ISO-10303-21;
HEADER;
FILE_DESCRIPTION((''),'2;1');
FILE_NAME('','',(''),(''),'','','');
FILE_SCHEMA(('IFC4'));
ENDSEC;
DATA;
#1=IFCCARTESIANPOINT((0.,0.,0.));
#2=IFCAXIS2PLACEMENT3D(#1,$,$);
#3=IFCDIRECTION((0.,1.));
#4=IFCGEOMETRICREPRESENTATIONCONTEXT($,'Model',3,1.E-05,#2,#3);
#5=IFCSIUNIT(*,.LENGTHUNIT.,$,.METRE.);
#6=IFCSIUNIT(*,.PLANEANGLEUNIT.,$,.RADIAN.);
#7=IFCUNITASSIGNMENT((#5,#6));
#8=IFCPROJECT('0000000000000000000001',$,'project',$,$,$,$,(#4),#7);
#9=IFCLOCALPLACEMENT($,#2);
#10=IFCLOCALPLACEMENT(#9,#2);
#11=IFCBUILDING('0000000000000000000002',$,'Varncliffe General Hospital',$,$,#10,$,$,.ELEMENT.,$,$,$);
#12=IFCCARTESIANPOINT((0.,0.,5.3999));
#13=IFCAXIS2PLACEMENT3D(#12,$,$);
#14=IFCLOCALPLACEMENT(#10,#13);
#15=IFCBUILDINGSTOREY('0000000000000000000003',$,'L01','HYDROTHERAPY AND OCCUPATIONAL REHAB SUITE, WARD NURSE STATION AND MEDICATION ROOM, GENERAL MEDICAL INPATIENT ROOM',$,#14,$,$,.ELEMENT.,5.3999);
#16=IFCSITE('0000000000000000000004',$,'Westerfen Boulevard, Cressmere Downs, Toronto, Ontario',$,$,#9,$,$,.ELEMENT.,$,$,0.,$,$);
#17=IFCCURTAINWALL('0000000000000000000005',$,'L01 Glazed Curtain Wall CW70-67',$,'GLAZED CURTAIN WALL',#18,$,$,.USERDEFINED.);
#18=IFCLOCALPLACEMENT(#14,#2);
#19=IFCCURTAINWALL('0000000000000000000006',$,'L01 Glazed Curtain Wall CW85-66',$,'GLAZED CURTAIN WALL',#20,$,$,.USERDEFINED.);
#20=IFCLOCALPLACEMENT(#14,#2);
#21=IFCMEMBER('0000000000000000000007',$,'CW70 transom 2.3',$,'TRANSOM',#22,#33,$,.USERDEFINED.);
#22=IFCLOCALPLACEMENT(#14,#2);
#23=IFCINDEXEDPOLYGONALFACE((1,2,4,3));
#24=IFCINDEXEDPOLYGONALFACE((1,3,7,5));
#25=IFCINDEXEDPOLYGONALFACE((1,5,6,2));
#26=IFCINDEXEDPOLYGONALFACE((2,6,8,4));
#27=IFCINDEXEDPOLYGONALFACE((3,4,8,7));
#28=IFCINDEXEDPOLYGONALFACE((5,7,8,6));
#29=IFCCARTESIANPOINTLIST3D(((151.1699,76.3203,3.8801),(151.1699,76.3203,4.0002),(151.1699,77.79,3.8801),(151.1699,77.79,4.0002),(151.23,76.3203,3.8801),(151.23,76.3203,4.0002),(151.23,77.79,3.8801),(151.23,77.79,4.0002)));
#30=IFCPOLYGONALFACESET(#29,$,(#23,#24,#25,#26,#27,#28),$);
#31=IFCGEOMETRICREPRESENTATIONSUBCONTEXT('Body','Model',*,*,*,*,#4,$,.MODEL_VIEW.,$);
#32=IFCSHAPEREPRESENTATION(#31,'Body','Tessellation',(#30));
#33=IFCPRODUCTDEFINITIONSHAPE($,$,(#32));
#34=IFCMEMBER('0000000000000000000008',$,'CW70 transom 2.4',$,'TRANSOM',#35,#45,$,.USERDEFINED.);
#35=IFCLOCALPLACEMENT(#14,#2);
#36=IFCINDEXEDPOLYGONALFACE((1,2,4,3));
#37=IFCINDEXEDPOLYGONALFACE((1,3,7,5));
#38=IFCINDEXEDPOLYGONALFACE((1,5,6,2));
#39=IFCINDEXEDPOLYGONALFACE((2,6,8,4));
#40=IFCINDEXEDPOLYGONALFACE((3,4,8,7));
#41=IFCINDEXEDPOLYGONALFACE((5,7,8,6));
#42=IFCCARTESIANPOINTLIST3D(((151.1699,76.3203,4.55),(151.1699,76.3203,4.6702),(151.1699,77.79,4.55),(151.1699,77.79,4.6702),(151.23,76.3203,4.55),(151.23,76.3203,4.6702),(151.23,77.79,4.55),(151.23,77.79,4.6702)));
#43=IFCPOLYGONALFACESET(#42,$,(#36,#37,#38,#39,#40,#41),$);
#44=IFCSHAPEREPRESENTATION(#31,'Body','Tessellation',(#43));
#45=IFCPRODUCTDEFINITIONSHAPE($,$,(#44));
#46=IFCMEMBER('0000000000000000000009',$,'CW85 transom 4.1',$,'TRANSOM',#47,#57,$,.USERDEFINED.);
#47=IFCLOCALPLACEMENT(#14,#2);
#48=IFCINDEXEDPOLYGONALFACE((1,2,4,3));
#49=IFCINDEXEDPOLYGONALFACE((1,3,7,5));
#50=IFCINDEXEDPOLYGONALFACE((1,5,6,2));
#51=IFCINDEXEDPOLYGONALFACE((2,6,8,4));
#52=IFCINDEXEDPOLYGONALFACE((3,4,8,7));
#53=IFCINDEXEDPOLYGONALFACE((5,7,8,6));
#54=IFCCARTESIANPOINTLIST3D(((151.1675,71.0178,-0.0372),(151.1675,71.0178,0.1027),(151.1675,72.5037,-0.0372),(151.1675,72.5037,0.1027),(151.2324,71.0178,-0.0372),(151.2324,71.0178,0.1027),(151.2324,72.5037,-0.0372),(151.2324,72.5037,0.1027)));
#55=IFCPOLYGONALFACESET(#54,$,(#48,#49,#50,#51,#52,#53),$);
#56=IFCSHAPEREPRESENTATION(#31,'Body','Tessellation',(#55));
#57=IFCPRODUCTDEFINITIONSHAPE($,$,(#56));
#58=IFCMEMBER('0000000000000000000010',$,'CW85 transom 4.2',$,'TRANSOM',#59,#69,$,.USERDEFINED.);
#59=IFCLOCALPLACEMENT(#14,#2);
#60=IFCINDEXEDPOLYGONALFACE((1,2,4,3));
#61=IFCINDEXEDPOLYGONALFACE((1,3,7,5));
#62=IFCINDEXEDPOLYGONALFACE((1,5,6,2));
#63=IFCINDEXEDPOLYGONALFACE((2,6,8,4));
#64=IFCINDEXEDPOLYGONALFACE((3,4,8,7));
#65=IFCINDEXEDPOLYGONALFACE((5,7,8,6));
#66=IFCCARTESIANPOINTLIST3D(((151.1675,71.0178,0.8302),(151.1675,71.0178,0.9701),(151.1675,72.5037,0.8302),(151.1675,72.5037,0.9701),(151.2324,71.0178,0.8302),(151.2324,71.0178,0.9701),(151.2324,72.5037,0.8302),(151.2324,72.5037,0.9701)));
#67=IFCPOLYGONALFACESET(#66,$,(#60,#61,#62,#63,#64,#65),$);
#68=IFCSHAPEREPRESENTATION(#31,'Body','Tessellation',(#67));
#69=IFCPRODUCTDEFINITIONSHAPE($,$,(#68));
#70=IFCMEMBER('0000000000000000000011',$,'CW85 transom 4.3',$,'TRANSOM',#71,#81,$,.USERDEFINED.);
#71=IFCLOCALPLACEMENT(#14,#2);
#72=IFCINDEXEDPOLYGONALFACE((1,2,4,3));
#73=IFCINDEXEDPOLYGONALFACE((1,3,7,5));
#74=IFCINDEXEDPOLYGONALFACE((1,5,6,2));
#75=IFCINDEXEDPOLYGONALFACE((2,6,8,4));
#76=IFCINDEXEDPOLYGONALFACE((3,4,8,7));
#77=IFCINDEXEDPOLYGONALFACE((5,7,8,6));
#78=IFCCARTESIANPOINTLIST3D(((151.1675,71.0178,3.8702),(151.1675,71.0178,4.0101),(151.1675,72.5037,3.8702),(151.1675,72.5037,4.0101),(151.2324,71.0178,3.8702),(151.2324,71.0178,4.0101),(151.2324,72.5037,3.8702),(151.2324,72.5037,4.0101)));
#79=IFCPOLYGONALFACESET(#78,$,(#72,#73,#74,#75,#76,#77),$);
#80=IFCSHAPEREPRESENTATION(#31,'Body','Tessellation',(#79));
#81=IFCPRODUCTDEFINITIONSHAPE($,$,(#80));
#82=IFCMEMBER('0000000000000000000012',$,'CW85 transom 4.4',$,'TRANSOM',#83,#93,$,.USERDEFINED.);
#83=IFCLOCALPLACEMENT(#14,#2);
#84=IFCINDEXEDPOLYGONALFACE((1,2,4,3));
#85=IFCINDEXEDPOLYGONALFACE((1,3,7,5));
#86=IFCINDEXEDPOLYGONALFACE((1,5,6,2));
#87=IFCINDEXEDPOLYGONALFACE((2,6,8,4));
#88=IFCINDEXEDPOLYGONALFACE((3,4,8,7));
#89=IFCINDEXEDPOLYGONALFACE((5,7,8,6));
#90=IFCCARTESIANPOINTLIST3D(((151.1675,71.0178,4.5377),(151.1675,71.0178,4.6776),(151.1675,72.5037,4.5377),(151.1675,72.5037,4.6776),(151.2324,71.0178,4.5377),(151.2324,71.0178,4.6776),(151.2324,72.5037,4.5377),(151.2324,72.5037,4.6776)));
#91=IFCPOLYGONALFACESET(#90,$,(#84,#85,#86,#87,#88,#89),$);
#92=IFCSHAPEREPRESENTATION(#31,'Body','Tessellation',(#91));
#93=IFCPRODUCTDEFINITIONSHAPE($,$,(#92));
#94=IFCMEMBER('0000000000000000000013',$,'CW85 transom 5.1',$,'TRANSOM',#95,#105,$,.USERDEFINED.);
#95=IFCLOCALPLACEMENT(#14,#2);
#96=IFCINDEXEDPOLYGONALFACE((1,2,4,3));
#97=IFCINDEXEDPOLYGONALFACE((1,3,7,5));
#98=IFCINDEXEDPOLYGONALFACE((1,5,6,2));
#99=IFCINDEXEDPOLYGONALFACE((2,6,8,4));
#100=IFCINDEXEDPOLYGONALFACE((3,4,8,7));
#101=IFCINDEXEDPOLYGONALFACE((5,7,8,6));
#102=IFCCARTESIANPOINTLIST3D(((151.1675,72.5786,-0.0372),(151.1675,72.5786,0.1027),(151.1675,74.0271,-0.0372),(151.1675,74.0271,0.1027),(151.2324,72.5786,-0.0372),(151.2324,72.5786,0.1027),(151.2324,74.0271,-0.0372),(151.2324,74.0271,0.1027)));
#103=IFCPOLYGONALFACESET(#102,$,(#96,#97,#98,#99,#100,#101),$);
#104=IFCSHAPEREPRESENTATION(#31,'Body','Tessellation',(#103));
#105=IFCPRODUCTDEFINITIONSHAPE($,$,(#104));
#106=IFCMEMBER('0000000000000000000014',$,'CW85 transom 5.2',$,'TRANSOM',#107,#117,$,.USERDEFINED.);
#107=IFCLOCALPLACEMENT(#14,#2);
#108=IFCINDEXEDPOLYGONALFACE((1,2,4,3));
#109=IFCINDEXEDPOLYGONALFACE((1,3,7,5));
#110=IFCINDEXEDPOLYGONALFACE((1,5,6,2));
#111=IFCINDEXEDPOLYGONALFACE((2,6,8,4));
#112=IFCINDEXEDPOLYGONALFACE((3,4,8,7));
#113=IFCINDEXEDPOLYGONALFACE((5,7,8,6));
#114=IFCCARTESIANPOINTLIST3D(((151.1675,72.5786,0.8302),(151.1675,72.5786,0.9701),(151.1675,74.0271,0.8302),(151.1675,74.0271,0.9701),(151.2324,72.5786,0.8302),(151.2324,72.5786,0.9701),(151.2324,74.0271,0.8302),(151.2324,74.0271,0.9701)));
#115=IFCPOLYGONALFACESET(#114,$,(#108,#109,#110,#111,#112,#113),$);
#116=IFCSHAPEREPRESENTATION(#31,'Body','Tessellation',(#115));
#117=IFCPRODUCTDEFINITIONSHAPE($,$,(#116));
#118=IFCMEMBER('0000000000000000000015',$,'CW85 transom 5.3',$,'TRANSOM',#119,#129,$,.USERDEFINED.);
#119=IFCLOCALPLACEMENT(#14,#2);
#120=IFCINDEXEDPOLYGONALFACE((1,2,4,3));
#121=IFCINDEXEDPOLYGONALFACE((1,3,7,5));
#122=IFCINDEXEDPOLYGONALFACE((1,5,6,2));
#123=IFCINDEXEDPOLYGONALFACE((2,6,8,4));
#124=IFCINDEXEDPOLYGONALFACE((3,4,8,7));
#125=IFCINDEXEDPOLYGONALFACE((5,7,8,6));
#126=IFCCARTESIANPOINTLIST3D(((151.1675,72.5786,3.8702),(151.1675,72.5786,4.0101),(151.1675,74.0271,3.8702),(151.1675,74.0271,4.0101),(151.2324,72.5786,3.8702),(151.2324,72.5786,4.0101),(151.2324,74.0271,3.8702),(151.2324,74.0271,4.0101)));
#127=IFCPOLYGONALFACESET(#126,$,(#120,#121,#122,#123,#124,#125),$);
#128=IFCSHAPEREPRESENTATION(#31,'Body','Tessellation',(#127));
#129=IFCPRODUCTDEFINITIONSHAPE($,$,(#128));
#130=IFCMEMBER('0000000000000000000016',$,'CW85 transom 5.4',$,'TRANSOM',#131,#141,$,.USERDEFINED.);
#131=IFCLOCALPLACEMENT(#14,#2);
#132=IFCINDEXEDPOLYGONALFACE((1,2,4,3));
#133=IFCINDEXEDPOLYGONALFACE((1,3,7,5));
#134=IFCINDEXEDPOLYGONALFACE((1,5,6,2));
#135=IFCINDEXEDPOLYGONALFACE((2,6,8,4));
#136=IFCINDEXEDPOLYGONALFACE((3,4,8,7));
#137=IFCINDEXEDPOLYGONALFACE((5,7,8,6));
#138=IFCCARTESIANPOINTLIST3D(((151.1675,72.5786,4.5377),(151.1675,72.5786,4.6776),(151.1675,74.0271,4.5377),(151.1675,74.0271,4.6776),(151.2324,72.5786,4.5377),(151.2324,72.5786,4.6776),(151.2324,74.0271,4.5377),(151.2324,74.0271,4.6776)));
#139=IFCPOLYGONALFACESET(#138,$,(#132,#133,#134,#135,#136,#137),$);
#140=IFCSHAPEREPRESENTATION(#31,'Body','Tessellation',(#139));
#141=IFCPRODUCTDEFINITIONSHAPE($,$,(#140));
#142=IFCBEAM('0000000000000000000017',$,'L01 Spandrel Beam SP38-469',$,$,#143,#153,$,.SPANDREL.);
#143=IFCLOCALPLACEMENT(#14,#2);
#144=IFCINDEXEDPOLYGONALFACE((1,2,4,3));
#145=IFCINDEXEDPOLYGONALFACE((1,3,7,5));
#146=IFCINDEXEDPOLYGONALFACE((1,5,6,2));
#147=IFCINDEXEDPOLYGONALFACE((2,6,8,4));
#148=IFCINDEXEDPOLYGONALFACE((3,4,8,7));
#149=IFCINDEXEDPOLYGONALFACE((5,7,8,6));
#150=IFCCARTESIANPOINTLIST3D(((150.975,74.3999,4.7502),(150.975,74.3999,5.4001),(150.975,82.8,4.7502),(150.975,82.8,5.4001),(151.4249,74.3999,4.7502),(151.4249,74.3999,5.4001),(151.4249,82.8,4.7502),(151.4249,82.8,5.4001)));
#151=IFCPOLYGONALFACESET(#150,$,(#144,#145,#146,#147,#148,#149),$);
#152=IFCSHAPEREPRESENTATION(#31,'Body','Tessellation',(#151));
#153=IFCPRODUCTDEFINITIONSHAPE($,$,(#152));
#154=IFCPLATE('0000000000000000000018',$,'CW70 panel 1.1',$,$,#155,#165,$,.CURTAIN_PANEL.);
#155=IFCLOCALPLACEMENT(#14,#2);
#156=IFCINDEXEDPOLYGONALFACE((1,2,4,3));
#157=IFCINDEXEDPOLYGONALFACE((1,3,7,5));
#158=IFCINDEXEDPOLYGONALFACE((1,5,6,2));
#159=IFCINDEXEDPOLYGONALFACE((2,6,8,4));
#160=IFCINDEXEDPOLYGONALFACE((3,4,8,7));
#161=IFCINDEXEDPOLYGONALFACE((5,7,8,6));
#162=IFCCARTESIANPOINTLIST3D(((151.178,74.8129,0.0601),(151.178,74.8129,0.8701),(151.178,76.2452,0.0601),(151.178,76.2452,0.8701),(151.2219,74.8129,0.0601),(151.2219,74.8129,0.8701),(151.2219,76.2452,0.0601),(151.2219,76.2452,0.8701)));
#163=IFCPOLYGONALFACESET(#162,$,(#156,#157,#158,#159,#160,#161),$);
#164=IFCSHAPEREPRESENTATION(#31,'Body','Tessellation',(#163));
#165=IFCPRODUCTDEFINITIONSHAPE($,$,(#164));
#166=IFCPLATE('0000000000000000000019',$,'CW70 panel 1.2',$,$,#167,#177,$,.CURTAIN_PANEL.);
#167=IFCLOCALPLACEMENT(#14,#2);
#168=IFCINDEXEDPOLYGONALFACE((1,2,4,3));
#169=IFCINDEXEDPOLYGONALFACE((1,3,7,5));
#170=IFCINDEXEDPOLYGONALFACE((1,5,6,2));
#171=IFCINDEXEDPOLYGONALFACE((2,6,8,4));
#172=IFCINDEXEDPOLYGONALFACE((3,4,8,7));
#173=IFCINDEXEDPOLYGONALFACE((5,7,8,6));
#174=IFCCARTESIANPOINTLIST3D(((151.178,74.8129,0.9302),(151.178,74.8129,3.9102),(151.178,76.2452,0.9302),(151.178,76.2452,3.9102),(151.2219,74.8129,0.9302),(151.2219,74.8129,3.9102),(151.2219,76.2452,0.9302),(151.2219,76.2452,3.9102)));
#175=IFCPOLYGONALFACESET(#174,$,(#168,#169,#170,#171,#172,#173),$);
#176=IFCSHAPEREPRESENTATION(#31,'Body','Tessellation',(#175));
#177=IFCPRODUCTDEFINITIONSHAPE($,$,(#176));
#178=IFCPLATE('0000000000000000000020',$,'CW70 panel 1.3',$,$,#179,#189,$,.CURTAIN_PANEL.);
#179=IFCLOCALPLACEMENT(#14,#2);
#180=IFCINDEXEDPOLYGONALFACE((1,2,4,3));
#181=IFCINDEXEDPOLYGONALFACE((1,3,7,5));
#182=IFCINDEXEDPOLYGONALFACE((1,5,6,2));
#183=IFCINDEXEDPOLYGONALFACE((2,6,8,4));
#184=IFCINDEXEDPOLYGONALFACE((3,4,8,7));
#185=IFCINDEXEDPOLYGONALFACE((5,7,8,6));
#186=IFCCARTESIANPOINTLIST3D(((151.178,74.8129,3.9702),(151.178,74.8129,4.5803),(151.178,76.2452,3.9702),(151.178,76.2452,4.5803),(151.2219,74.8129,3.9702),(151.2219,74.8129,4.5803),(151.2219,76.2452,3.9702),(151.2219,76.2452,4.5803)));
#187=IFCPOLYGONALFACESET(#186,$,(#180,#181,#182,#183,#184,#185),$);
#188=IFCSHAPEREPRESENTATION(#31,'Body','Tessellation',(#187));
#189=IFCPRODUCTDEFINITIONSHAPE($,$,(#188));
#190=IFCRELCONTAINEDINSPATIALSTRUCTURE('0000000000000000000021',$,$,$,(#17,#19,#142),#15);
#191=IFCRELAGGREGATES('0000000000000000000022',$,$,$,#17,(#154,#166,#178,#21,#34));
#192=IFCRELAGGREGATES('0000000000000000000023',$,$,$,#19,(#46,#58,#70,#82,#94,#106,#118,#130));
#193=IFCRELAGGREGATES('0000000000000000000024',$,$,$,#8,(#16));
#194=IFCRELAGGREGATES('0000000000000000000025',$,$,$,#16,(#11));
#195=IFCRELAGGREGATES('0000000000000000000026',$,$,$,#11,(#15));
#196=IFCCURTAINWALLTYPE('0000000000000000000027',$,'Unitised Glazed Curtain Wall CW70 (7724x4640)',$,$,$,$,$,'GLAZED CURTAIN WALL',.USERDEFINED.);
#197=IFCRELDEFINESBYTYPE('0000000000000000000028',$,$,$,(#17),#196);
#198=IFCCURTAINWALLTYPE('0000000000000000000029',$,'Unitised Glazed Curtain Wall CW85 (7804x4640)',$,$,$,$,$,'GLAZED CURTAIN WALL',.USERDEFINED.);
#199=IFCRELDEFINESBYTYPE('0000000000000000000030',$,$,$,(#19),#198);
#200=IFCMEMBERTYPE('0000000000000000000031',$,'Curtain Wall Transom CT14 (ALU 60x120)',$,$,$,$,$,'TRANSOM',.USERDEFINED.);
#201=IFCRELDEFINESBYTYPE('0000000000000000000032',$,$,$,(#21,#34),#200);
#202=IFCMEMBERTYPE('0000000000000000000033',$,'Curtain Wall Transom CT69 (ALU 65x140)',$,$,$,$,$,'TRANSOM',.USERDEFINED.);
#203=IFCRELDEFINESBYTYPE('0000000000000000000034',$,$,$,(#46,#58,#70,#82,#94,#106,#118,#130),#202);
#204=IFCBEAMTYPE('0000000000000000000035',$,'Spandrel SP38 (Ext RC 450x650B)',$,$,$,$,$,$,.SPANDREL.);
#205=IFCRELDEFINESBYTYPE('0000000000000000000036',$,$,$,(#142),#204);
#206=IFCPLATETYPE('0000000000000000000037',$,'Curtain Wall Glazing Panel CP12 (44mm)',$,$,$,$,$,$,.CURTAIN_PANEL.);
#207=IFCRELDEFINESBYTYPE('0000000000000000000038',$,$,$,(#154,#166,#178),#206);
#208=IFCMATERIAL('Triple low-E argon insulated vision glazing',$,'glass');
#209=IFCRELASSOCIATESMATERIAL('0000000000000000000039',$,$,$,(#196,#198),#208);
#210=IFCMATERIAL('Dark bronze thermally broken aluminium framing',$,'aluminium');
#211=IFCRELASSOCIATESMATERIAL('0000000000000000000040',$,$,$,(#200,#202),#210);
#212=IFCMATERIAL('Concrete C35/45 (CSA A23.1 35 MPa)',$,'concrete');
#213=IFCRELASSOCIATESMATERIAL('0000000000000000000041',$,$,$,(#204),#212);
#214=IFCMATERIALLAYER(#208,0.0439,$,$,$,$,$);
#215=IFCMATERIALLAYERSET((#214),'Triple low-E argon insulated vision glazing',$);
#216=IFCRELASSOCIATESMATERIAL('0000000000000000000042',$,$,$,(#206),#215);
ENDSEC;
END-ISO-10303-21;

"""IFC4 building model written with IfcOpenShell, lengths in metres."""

from ifc_helpers import new_model, si_unit, direction, frame, origin, origin_2d, place, context, subcontext, project, spatial, rectangle, extrude, material, layer, layer_set, material_profile, profile_set, type_object, element, aggregate, save


model = new_model("IFC4")

# Units and contexts
model_context = context("Model", 3, precision=1e-05, world=origin(), true_north=direction((0.0, 1.0)))
body_context = subcontext(model_context, "Body", "Model", "MODEL_VIEW")
ifc_project = project(units=[si_unit("LENGTHUNIT", "METRE"), si_unit("PLANEANGLEUNIT", "RADIAN")], contexts=[model_context])

# Site, building, storey
site_placement = place(None, origin())
site = spatial("IfcSite", under=ifc_project, at=site_placement, Name="Westerfen Boulevard, Cressmere Downs, Toronto, Ontario", CompositionType="ELEMENT", RefElevation=0.0)
building_placement = place(site_placement, origin())
building = spatial("IfcBuilding", under=site, at=building_placement, Name="Varncliffe General Hospital", CompositionType="ELEMENT")
storey_placement = place(building_placement, frame((0.0, 0.0, 5.3999)))
storey = spatial("IfcBuildingStorey", under=building, at=storey_placement, Name="L01", Description="HYDROTHERAPY AND OCCUPATIONAL REHAB SUITE, WARD NURSE STATION AND MEDICATION ROOM, GENERAL MEDICAL INPATIENT ROOM", CompositionType="ELEMENT", Elevation=5.3999)

# Shared definitions
ifc_material_1 = material(Name="Concrete C35/45 (CSA A23.1 35 MPa)", Category="concrete")

# Curtain walls
ifc_material_2 = material(Name="Triple low-E argon insulated vision glazing", Category="glass")
curtain_wall_type_1 = type_object("IfcCurtainWallType", Name="Unitised Glazed Curtain Wall CW70 (7724x4640)", ElementType="GLAZED CURTAIN WALL", PredefinedType="USERDEFINED", material=ifc_material_2)
curtain_wall_1_placement = place(storey_placement, origin())
curtain_wall_1 = element("IfcCurtainWall", 1, at=curtain_wall_1_placement, inside=storey, type_object=curtain_wall_type_1, Name="L01 Glazed Curtain Wall CW70-67", ObjectType="GLAZED CURTAIN WALL", PredefinedType="USERDEFINED")
ifc_material_3 = material(Name="Dark bronze thermally broken aluminium framing", Category="aluminium")
curtain_wall_type_2 = type_object("IfcCurtainWallType", Name="Unitised Glazed Curtain Wall CW85 (7804x4640)", ElementType="GLAZED CURTAIN WALL", PredefinedType="USERDEFINED", material=ifc_material_2)
curtain_wall_2_placement = place(storey_placement, origin())
curtain_wall_2 = element("IfcCurtainWall", 2, at=curtain_wall_2_placement, inside=storey, type_object=curtain_wall_type_2, Name="L01 Glazed Curtain Wall CW85-66", ObjectType="GLAZED CURTAIN WALL", PredefinedType="USERDEFINED")

# Members
ifc_material_profile_1 = material_profile(ifc_material_3, rectangle(XDim=0.0601, YDim=0.1201, at=origin_2d()), Name="ALU 60x120")
ifc_profile_set_1 = profile_set([ifc_material_profile_1], Name="Dark bronze thermally broken aluminium framing")
member_type_1 = type_object("IfcMemberType", Name="Curtain Wall Transom CT14 (ALU 60x120)", ElementType="TRANSOM", PredefinedType="USERDEFINED", material=ifc_profile_set_1)
member_1_placement = place(storey_placement, frame((151.2, 76.3203, 3.9402), z_axis=(0.0, 1.0, 0.0), x_axis=(-1.0, 0.0, 0.0)))
member_1 = element("IfcMember", 3, at=member_1_placement, type_object=member_type_1, Name="CW70 transom 2.3", ObjectType="TRANSOM", PredefinedType="USERDEFINED", context=body_context, shape_type="SweptSolid", body=[
    extrude(rectangle(XDim=0.0601, YDim=0.1201, at=origin_2d()), origin(), (0.0, 0.0, 1.0), 1.4697),
])
member_2_placement = place(storey_placement, frame((151.2, 76.3203, 4.6101), z_axis=(0.0, 1.0, 0.0), x_axis=(-1.0, 0.0, 0.0)))
member_2 = element("IfcMember", 4, at=member_2_placement, type_object=member_type_1, Name="CW70 transom 2.4", ObjectType="TRANSOM", PredefinedType="USERDEFINED", context=body_context, shape_type="SweptSolid", body=[
    extrude(rectangle(XDim=0.0601, YDim=0.1201, at=origin_2d()), origin(), (0.0, 0.0, 1.0), 1.4697),
])
ifc_material_profile_2 = material_profile(ifc_material_3, rectangle(XDim=0.0649, YDim=0.1399, at=origin_2d()), Name="ALU 65x140")
ifc_profile_set_2 = profile_set([ifc_material_profile_2], Name="Dark bronze thermally broken aluminium framing")
member_type_2 = type_object("IfcMemberType", Name="Curtain Wall Transom CT69 (ALU 65x140)", ElementType="TRANSOM", PredefinedType="USERDEFINED", material=ifc_profile_set_2)
member_3_placement = place(storey_placement, frame((151.2, 71.0178, 0.0327), z_axis=(0.0, 1.0, 0.0), x_axis=(-1.0, 0.0, 0.0)))
member_3 = element("IfcMember", 5, at=member_3_placement, type_object=member_type_2, Name="CW85 transom 4.1", ObjectType="TRANSOM", PredefinedType="USERDEFINED", context=body_context, shape_type="SweptSolid", body=[
    extrude(rectangle(XDim=0.0649, YDim=0.1399, at=origin_2d()), origin(), (0.0, 0.0, 1.0), 1.4858),
])
member_4_placement = place(storey_placement, frame((151.2, 71.0178, 0.9001), z_axis=(0.0, 1.0, 0.0), x_axis=(-1.0, 0.0, 0.0)))
member_4 = element("IfcMember", 6, at=member_4_placement, type_object=member_type_2, Name="CW85 transom 4.2", ObjectType="TRANSOM", PredefinedType="USERDEFINED", context=body_context, shape_type="SweptSolid", body=[
    extrude(rectangle(XDim=0.0649, YDim=0.1399, at=origin_2d()), origin(), (0.0, 0.0, 1.0), 1.4858),
])
member_5_placement = place(storey_placement, frame((151.2, 71.0178, 3.9402), z_axis=(0.0, 1.0, 0.0), x_axis=(-1.0, 0.0, 0.0)))
member_5 = element("IfcMember", 7, at=member_5_placement, type_object=member_type_2, Name="CW85 transom 4.3", ObjectType="TRANSOM", PredefinedType="USERDEFINED", context=body_context, shape_type="SweptSolid", body=[
    extrude(rectangle(XDim=0.0649, YDim=0.1399, at=origin_2d()), origin(), (0.0, 0.0, 1.0), 1.4858),
])
member_6_placement = place(storey_placement, frame((151.2, 71.0178, 4.6077), z_axis=(0.0, 1.0, 0.0), x_axis=(-1.0, 0.0, 0.0)))
member_6 = element("IfcMember", 8, at=member_6_placement, type_object=member_type_2, Name="CW85 transom 4.4", ObjectType="TRANSOM", PredefinedType="USERDEFINED", context=body_context, shape_type="SweptSolid", body=[
    extrude(rectangle(XDim=0.0649, YDim=0.1399, at=origin_2d()), origin(), (0.0, 0.0, 1.0), 1.4858),
])
member_7_placement = place(storey_placement, frame((151.2, 72.5786, 0.0327), z_axis=(0.0, 1.0, 0.0), x_axis=(-1.0, 0.0, 0.0)))
member_7 = element("IfcMember", 9, at=member_7_placement, type_object=member_type_2, Name="CW85 transom 5.1", ObjectType="TRANSOM", PredefinedType="USERDEFINED", context=body_context, shape_type="SweptSolid", body=[
    extrude(rectangle(XDim=0.0649, YDim=0.1399, at=origin_2d()), origin(), (0.0, 0.0, 1.0), 1.4485),
])
member_8_placement = place(storey_placement, frame((151.2, 72.5786, 0.9001), z_axis=(0.0, 1.0, 0.0), x_axis=(-1.0, 0.0, 0.0)))
member_8 = element("IfcMember", 10, at=member_8_placement, type_object=member_type_2, Name="CW85 transom 5.2", ObjectType="TRANSOM", PredefinedType="USERDEFINED", context=body_context, shape_type="SweptSolid", body=[
    extrude(rectangle(XDim=0.0649, YDim=0.1399, at=origin_2d()), origin(), (0.0, 0.0, 1.0), 1.4485),
])
member_9_placement = place(storey_placement, frame((151.2, 72.5786, 3.9402), z_axis=(0.0, 1.0, 0.0), x_axis=(-1.0, 0.0, 0.0)))
member_9 = element("IfcMember", 11, at=member_9_placement, type_object=member_type_2, Name="CW85 transom 5.3", ObjectType="TRANSOM", PredefinedType="USERDEFINED", context=body_context, shape_type="SweptSolid", body=[
    extrude(rectangle(XDim=0.0649, YDim=0.1399, at=origin_2d()), origin(), (0.0, 0.0, 1.0), 1.4485),
])
member_10_placement = place(storey_placement, frame((151.2, 72.5786, 4.6077), z_axis=(0.0, 1.0, 0.0), x_axis=(-1.0, 0.0, 0.0)))
member_10 = element("IfcMember", 12, at=member_10_placement, type_object=member_type_2, Name="CW85 transom 5.4", ObjectType="TRANSOM", PredefinedType="USERDEFINED", context=body_context, shape_type="SweptSolid", body=[
    extrude(rectangle(XDim=0.0649, YDim=0.1399, at=origin_2d()), origin(), (0.0, 0.0, 1.0), 1.4485),
])

# Beam
ifc_material_profile_3 = material_profile(ifc_material_1, rectangle(XDim=0.45, YDim=0.6499, at=origin_2d()), Name="RC 450x650")
ifc_profile_set_3 = profile_set([ifc_material_profile_3], Name="Concrete C35/45 (CSA A23.1 35 MPa)")
beam_type_1 = type_object("IfcBeamType", Name="Spandrel SP38 (Ext RC 450x650B)", PredefinedType="SPANDREL", material=ifc_profile_set_3)
beam_1_placement = place(storey_placement, frame((151.2, 74.3999, 5.0752), z_axis=(0.0, 1.0, 0.0), x_axis=(-1.0, 0.0, 0.0)))
element("IfcBeam", 13, at=beam_1_placement, inside=storey, type_object=beam_type_1, Name="L01 Spandrel Beam SP38-469", PredefinedType="SPANDREL", context=body_context, shape_type="SweptSolid", body=[
    extrude(rectangle(XDim=0.45, YDim=0.6499, at=origin_2d()), origin(), (0.0, 0.0, 1.0), 8.4001),
])

# Plates
ifc_layer_1 = layer(ifc_material_2, 0.0439)
ifc_layer_set_1 = layer_set([ifc_layer_1], Name="Triple low-E argon insulated vision glazing")
plate_type_1 = type_object("IfcPlateType", Name="Curtain Wall Glazing Panel CP12 (44mm)", PredefinedType="CURTAIN_PANEL", material=ifc_layer_set_1)
plate_1_placement = place(storey_placement, frame((151.2, 75.5291, 0.0601), z_axis=(0.0, 0.0, 1.0), x_axis=(0.0, 1.0, 0.0)))
plate_1 = element("IfcPlate", 14, at=plate_1_placement, type_object=plate_type_1, Name="CW70 panel 1.1", PredefinedType="CURTAIN_PANEL", context=body_context, shape_type="SweptSolid", body=[
    extrude(rectangle(XDim=1.4324, YDim=0.0439, at=origin_2d()), origin(), (0.0, 0.0, 1.0), 0.8101),
])
plate_2_placement = place(storey_placement, frame((151.2, 75.5291, 0.9302), z_axis=(0.0, 0.0, 1.0), x_axis=(0.0, 1.0, 0.0)))
plate_2 = element("IfcPlate", 15, at=plate_2_placement, type_object=plate_type_1, Name="CW70 panel 1.2", PredefinedType="CURTAIN_PANEL", context=body_context, shape_type="SweptSolid", body=[
    extrude(rectangle(XDim=1.4324, YDim=0.0439, at=origin_2d()), origin(), (0.0, 0.0, 1.0), 2.98),
])
plate_3_placement = place(storey_placement, frame((151.2, 75.5291, 3.9702), z_axis=(0.0, 0.0, 1.0), x_axis=(0.0, 1.0, 0.0)))
plate_3 = element("IfcPlate", 16, at=plate_3_placement, type_object=plate_type_1, Name="CW70 panel 1.3", PredefinedType="CURTAIN_PANEL", context=body_context, shape_type="SweptSolid", body=[
    extrude(rectangle(XDim=1.4324, YDim=0.0439, at=origin_2d()), origin(), (0.0, 0.0, 1.0), 0.6101),
])
aggregate(curtain_wall_1, [plate_1, plate_2, plate_3, member_1, member_2])
aggregate(curtain_wall_2, [member_3, member_4, member_5, member_6, member_7, member_8, member_9, member_10])

save(model, "model.ifc")
